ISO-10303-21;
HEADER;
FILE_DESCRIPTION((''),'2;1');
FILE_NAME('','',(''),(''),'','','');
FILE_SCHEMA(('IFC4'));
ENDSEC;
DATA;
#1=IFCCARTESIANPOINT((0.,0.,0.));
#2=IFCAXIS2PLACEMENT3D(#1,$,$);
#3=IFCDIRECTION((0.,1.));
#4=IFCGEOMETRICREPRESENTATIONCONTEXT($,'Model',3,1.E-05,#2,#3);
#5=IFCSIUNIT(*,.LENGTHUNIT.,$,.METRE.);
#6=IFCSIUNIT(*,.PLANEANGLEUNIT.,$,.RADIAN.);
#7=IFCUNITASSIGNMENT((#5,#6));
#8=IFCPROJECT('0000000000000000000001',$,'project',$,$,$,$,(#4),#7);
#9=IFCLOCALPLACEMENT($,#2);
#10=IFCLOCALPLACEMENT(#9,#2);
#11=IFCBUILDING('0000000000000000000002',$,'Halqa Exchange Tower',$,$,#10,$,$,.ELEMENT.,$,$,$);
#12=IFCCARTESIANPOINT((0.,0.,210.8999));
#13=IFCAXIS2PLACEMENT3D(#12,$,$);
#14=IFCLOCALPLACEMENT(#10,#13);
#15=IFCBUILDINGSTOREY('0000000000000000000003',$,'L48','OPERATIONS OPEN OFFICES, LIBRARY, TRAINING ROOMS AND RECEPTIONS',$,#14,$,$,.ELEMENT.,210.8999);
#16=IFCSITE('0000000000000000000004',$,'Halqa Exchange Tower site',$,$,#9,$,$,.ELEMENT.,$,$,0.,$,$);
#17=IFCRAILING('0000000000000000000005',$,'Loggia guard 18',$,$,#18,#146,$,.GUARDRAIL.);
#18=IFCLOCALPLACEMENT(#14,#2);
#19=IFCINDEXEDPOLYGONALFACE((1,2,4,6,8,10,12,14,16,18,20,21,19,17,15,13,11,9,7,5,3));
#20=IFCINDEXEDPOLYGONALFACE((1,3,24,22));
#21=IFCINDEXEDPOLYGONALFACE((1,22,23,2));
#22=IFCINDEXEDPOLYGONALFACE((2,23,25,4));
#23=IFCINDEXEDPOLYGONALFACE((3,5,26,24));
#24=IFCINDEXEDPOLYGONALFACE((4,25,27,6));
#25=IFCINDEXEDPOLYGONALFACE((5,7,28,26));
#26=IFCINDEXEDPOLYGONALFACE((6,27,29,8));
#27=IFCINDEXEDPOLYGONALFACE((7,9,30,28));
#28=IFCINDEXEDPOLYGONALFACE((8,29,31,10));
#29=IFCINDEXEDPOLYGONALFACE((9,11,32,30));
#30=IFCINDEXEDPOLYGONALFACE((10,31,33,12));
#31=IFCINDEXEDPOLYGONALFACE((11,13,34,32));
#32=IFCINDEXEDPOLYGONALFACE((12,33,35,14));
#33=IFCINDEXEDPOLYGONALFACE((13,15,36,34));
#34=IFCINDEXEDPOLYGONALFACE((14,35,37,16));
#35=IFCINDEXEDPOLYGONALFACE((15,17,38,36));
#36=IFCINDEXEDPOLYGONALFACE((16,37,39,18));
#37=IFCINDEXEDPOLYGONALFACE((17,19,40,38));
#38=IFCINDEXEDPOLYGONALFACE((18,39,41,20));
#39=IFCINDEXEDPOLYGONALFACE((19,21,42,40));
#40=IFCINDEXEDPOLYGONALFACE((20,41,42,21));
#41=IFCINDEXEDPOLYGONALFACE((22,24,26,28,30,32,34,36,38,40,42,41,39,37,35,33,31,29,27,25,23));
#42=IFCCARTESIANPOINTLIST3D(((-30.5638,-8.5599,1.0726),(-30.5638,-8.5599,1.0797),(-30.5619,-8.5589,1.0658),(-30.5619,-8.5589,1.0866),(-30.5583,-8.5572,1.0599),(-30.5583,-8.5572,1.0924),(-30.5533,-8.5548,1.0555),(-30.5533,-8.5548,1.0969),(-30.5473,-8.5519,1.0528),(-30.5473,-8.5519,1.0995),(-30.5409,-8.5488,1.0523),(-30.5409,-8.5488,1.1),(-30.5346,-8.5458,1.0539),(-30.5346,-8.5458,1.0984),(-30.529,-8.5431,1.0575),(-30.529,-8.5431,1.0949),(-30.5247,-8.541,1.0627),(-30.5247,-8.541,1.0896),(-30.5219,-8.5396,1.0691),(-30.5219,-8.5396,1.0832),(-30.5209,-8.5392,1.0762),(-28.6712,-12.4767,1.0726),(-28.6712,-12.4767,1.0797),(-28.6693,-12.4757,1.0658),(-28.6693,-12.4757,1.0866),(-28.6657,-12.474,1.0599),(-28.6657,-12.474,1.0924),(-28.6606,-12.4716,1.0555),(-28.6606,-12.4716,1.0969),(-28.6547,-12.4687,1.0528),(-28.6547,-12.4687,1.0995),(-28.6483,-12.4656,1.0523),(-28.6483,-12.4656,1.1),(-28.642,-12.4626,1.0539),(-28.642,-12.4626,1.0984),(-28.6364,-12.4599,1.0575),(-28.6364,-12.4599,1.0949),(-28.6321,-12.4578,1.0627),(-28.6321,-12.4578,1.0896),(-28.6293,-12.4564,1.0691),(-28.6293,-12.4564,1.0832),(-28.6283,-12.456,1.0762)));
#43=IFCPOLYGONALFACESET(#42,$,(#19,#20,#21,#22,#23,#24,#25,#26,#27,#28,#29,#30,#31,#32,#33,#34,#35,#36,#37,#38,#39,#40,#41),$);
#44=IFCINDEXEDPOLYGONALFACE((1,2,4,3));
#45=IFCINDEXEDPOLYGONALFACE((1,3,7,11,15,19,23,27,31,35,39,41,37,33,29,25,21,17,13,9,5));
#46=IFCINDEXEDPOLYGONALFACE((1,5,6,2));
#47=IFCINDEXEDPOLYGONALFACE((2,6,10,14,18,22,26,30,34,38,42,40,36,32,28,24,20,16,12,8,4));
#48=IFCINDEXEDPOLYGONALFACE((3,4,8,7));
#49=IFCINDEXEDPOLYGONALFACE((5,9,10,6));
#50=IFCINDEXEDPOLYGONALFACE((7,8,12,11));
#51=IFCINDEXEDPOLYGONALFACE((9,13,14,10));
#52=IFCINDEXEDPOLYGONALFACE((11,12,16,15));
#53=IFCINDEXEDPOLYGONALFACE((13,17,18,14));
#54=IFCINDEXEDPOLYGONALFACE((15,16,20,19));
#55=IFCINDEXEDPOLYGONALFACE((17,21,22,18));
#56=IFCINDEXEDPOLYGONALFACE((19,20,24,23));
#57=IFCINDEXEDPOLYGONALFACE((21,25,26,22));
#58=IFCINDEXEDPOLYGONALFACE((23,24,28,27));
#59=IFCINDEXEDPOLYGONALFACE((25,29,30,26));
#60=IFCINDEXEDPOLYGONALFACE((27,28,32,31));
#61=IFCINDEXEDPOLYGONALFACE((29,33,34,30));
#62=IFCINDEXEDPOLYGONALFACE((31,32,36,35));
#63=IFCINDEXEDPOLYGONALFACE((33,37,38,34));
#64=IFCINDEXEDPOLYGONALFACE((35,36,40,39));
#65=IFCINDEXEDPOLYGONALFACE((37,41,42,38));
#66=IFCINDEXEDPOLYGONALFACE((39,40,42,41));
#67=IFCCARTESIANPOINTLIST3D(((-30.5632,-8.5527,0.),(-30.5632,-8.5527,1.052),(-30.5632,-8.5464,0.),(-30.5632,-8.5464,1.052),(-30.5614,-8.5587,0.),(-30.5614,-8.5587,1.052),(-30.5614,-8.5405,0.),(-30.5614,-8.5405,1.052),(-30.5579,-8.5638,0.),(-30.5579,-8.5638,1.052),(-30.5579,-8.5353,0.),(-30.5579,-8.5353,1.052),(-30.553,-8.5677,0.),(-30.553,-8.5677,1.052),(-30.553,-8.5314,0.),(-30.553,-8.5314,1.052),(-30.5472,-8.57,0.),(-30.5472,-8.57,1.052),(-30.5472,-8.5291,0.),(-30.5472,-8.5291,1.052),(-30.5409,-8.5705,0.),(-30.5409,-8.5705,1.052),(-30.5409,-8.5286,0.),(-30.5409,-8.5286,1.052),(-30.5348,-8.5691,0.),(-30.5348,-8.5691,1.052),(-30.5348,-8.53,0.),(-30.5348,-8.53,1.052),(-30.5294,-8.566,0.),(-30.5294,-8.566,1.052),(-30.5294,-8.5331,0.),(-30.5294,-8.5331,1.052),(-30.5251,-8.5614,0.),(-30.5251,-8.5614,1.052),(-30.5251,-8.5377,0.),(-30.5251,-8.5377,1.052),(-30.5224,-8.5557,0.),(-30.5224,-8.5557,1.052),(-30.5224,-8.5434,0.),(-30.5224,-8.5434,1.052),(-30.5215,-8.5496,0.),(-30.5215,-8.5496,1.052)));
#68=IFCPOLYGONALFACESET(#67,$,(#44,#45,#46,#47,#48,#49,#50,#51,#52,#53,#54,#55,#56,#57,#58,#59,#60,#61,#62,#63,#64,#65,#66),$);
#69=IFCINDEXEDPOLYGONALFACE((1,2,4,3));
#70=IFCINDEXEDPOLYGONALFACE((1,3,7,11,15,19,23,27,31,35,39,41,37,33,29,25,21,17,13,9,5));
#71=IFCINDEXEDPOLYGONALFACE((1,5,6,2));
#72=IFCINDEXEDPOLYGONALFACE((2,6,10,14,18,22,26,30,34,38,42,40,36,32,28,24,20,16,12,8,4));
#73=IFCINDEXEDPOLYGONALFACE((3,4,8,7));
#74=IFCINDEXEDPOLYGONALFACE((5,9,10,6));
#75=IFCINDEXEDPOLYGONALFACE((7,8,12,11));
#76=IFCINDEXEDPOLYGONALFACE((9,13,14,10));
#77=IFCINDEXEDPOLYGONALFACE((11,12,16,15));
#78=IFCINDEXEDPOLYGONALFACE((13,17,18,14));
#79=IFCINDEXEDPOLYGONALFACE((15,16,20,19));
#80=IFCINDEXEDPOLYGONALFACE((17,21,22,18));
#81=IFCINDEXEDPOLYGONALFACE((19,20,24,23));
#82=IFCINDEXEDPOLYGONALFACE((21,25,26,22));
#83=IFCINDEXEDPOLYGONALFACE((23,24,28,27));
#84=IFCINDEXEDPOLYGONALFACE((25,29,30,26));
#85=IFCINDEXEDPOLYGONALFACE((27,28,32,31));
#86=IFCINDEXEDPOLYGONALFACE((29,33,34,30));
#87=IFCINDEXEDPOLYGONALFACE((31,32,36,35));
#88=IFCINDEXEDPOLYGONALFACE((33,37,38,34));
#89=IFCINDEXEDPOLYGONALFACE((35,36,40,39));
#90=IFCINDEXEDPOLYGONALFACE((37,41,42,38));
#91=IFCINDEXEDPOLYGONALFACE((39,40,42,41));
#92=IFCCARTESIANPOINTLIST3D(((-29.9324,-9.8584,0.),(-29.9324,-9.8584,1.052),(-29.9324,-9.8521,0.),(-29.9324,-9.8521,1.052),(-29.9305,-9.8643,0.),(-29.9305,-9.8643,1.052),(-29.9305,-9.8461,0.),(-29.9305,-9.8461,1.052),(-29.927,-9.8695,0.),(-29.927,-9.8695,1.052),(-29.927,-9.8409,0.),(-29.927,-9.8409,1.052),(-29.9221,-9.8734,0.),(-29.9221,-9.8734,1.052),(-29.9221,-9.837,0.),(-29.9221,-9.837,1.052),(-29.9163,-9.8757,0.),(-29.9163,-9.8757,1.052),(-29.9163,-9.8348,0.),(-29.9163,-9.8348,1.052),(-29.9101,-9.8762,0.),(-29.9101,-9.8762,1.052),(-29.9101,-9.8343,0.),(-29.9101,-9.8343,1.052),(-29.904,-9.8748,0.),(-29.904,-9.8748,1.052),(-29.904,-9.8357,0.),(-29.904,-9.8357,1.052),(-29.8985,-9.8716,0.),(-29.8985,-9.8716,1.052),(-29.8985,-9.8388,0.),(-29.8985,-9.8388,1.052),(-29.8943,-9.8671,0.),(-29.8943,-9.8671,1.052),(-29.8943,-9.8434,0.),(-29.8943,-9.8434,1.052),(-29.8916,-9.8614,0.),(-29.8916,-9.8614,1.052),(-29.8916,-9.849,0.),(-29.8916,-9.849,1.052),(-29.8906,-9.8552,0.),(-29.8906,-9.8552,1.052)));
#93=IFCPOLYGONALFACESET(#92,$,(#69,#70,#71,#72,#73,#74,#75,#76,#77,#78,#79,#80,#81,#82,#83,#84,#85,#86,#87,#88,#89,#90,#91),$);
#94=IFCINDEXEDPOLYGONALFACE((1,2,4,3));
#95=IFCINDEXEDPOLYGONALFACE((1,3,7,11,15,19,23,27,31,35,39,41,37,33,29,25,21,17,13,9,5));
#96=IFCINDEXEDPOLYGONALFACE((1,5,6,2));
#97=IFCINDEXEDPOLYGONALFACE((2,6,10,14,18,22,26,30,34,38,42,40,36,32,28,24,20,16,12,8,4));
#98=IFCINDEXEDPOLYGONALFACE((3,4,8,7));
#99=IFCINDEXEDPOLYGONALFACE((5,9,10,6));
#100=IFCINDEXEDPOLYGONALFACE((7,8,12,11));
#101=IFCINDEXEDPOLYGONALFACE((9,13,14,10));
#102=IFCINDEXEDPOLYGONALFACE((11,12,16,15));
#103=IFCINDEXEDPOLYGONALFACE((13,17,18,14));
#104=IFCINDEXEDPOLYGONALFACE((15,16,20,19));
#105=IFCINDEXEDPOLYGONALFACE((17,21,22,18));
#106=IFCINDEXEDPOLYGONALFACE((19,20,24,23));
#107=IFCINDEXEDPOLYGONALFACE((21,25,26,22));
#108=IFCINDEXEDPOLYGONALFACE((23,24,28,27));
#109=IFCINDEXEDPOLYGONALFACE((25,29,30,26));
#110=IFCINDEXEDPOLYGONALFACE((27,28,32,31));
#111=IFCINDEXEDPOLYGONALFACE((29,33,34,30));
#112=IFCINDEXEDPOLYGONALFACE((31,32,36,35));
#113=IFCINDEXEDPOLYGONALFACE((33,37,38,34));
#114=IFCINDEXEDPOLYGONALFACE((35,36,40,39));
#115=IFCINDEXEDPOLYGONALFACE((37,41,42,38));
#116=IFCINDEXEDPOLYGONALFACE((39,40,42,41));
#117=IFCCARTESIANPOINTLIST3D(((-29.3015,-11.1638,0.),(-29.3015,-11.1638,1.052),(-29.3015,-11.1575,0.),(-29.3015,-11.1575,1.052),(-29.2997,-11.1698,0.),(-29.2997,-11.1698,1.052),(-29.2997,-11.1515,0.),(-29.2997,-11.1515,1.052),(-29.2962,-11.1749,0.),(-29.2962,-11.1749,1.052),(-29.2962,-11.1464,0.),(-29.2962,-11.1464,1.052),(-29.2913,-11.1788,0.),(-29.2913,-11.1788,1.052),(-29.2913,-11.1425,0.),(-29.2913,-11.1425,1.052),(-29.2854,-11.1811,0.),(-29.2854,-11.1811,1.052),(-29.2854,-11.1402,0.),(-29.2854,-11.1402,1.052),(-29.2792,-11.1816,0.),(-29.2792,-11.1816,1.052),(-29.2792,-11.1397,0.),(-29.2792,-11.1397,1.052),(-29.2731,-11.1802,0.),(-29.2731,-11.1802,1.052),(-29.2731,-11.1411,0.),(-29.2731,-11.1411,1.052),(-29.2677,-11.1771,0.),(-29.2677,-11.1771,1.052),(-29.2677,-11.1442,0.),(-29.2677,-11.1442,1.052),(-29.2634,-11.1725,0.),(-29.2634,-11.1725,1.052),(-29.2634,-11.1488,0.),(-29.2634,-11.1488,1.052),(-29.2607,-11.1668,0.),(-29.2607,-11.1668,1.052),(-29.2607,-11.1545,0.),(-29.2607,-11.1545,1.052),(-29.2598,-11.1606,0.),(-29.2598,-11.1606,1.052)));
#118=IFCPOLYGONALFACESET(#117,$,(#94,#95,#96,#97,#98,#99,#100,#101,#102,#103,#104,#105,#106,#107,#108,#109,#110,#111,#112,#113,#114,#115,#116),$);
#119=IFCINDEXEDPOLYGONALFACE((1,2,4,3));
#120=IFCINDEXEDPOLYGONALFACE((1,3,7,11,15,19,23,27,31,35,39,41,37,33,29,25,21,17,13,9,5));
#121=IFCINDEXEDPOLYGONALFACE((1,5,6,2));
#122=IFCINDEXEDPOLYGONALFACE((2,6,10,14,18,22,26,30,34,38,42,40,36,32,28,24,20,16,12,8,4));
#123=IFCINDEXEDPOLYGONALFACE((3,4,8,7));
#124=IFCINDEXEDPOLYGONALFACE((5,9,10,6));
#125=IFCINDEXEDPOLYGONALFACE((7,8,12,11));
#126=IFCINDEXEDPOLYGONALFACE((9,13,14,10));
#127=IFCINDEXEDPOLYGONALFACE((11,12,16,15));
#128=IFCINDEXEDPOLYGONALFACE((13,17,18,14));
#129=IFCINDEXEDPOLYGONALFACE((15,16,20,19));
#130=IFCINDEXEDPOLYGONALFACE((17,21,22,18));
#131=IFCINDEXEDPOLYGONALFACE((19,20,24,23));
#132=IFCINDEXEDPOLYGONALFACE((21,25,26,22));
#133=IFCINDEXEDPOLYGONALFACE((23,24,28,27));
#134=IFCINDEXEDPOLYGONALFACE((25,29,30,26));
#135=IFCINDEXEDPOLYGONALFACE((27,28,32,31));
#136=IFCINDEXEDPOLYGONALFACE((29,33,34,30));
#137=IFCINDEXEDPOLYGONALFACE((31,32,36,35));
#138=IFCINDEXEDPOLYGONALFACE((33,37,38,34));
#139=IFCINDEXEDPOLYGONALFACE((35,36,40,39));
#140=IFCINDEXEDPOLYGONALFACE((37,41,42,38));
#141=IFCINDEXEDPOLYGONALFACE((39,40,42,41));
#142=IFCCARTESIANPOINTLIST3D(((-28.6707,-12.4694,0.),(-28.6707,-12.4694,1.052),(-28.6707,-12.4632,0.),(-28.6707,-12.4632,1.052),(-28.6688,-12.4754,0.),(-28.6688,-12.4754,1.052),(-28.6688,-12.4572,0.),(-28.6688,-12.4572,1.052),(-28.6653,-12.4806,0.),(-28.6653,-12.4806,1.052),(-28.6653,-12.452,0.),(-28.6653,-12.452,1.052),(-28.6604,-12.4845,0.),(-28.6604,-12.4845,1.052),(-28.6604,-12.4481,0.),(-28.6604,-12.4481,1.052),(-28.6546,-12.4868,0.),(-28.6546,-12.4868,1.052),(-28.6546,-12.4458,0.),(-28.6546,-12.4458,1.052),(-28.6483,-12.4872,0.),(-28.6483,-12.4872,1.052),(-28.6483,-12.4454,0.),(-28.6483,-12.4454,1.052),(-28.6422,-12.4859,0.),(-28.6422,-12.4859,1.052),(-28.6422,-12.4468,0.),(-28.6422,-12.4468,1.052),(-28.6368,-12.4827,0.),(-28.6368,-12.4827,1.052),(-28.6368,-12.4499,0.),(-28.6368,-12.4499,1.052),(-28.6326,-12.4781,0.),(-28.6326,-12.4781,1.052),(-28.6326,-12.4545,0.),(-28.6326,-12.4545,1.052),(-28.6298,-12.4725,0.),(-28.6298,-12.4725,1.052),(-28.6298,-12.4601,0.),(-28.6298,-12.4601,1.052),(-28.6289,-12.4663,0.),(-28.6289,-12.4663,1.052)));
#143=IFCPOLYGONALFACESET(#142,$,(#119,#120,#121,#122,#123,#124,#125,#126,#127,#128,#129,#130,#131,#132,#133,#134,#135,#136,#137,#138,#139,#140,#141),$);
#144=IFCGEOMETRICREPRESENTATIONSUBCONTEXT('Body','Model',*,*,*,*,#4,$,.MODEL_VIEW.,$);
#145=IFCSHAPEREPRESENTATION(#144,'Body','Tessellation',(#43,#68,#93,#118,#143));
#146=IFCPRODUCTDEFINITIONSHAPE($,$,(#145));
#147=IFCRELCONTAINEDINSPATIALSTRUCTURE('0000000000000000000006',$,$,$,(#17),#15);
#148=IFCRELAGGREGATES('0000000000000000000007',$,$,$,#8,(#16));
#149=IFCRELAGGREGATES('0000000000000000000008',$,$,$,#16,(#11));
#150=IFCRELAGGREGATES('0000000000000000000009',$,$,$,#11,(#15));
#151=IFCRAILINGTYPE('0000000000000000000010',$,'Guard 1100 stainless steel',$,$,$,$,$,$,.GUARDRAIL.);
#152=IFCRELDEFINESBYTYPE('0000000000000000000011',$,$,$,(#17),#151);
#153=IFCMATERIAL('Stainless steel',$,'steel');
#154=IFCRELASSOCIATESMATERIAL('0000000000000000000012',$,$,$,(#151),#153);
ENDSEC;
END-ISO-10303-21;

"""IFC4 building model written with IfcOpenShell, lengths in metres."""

from ifc_helpers import new_model, si_unit, direction, frame, origin, origin_2d, place, context, subcontext, project, spatial, circle, extrude, material, type_object, element, save


model = new_model("IFC4")

# Units and contexts
model_context = context("Model", 3, precision=1e-05, world=origin(), true_north=direction((0.0, 1.0)))
body_context = subcontext(model_context, "Body", "Model", "MODEL_VIEW")
ifc_project = project(units=[si_unit("LENGTHUNIT", "METRE"), si_unit("PLANEANGLEUNIT", "RADIAN")], contexts=[model_context])

# Site, building, storey
site_placement = place(None, origin())
site = spatial("IfcSite", under=ifc_project, at=site_placement, Name="Halqa Exchange Tower site", CompositionType="ELEMENT", RefElevation=0.0)
building_placement = place(site_placement, origin())
building = spatial("IfcBuilding", under=site, at=building_placement, Name="Halqa Exchange Tower", CompositionType="ELEMENT")
storey_placement = place(building_placement, frame((0.0, 0.0, 210.8999)))
storey = spatial("IfcBuildingStorey", under=building, at=storey_placement, Name="L48", Description="OPERATIONS OPEN OFFICES, LIBRARY, TRAINING ROOMS AND RECEPTIONS", CompositionType="ELEMENT", Elevation=210.8999)

# Railing
ifc_material_1 = material(Name="Stainless steel", Category="steel")
railing_type = type_object("IfcRailingType", Name="Guard 1100 stainless steel", PredefinedType="GUARDRAIL", material=ifc_material_1)
railing_1_placement = place(storey_placement, frame((-30.5425, -8.5496, 0.0)))
element("IfcRailing", 1, at=railing_1_placement, inside=storey, type_object=railing_type, Name="Loggia guard 18", PredefinedType="GUARDRAIL", context=body_context, shape_type="SweptSolid", body=[
    extrude(circle(Radius=0.0239, at=origin_2d()), frame((0.0, 0.0, 1.0762), z_axis=(0.435072, -0.900395, 0.0), x_axis=(0.900395, 0.435072, 0.0)), (0.0, 0.0, 1.0), 4.3501),
    extrude(circle(Radius=0.021, at=origin_2d()), origin(), (0.0, 0.0, 1.0), 1.052),
    extrude(circle(Radius=0.021, at=origin_2d()), frame((0.6309, -1.3057, 0.0)), (0.0, 0.0, 1.0), 1.052),
    extrude(circle(Radius=0.021, at=origin_2d()), frame((1.2617, -2.6111, 0.0)), (0.0, 0.0, 1.0), 1.052),
    extrude(circle(Radius=0.021, at=origin_2d()), frame((1.8926, -3.9167, 0.0)), (0.0, 0.0, 1.0), 1.052),
])

save(model, "model.ifc")
